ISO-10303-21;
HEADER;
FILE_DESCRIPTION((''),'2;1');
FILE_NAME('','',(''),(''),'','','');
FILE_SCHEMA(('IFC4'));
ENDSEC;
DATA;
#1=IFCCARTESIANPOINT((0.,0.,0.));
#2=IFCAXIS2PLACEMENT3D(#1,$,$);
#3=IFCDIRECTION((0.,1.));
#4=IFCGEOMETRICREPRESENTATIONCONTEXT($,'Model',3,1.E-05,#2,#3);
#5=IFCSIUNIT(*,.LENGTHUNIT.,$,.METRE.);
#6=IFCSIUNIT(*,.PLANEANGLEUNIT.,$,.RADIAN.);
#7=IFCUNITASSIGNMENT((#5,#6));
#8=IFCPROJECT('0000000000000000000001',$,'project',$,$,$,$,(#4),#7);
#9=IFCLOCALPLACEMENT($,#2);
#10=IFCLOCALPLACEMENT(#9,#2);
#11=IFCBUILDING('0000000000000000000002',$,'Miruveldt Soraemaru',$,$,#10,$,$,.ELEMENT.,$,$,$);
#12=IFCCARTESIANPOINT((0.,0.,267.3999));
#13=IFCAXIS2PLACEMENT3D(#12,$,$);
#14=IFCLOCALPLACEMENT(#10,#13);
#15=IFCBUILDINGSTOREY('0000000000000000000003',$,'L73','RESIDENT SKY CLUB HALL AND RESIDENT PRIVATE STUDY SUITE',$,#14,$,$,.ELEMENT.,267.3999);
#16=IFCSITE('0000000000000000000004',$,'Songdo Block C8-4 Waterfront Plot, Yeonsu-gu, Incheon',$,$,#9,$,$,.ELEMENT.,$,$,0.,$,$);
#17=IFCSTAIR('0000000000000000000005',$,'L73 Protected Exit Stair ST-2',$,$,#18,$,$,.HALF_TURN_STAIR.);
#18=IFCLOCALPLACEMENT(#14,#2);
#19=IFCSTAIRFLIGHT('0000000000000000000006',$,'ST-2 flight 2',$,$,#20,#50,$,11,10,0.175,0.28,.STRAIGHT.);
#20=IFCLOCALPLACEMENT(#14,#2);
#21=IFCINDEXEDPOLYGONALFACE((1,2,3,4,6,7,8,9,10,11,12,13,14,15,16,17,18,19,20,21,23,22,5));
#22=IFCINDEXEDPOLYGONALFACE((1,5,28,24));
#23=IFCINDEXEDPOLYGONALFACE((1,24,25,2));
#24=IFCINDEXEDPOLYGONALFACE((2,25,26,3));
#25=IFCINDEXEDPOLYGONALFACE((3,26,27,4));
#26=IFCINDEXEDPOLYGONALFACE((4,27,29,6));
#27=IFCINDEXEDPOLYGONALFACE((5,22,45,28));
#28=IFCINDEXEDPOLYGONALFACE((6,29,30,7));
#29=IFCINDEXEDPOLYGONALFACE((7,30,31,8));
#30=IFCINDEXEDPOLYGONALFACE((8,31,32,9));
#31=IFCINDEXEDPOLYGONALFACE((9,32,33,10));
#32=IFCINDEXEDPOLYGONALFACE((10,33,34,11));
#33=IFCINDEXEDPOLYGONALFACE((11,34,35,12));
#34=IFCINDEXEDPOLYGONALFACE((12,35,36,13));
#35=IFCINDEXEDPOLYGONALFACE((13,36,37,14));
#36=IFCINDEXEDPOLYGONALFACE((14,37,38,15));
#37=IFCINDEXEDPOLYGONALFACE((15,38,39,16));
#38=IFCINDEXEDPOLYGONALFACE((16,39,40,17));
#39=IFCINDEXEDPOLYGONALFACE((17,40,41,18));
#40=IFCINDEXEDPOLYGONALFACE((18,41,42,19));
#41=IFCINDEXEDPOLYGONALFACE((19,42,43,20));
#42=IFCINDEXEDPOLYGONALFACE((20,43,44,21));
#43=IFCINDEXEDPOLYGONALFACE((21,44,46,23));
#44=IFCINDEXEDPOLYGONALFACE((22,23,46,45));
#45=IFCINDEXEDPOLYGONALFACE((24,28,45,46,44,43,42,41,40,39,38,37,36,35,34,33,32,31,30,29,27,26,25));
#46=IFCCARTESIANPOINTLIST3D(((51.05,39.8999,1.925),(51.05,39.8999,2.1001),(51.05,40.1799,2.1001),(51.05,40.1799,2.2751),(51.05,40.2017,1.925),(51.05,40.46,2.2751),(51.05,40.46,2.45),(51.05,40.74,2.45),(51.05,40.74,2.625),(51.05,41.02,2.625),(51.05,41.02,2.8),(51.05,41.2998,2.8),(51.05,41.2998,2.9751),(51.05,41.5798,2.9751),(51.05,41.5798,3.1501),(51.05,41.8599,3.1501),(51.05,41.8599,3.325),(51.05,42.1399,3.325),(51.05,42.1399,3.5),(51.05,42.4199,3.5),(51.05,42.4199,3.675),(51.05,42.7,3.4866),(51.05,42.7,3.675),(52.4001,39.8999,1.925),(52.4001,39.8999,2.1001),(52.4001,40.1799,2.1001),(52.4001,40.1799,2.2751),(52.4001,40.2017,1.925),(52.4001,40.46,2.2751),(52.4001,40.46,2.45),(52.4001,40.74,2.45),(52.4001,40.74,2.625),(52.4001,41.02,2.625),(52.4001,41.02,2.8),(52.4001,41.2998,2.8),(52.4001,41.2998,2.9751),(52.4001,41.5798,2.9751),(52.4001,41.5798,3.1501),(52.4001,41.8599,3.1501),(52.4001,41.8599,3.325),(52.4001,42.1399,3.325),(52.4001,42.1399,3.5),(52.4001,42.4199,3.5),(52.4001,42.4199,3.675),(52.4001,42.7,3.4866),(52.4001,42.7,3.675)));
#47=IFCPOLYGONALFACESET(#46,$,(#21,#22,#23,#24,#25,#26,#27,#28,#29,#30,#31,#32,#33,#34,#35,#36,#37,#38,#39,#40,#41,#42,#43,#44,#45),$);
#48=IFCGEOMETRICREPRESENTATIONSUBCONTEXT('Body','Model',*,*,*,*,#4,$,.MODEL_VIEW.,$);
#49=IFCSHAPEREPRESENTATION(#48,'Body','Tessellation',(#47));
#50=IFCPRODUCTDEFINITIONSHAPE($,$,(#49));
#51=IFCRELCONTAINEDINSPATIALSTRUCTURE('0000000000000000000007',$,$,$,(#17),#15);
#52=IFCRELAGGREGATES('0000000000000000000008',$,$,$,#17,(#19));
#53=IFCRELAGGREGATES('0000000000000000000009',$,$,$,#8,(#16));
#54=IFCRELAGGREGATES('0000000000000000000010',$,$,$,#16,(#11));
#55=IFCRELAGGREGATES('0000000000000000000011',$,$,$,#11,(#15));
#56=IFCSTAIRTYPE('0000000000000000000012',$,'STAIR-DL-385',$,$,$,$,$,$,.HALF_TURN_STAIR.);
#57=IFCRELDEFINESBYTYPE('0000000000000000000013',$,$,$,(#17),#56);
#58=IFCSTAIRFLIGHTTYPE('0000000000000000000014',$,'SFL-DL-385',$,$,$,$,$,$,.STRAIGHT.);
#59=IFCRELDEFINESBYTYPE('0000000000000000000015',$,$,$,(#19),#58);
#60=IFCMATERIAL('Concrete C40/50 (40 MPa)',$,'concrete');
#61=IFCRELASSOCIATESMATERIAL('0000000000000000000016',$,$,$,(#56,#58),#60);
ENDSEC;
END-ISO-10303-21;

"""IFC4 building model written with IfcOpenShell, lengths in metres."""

from ifc_helpers import new_model, si_unit, direction, frame, origin, place, context, subcontext, project, spatial, polyline, outline, extrude, material, type_object, element, aggregate, save


model = new_model("IFC4")

# Units and contexts
model_context = context("Model", 3, precision=1e-05, world=origin(), true_north=direction((0.0, 1.0)))
body_context = subcontext(model_context, "Body", "Model", "MODEL_VIEW")
ifc_project = project(units=[si_unit("LENGTHUNIT", "METRE"), si_unit("PLANEANGLEUNIT", "RADIAN")], contexts=[model_context])

# Site, building, storey
site_placement = place(None, origin())
site = spatial("IfcSite", under=ifc_project, at=site_placement, Name="Songdo Block C8-4 Waterfront Plot, Yeonsu-gu, Incheon", CompositionType="ELEMENT", RefElevation=0.0)
building_placement = place(site_placement, origin())
building = spatial("IfcBuilding", under=site, at=building_placement, Name="Miruveldt Soraemaru", CompositionType="ELEMENT")
storey_placement = place(building_placement, frame((0.0, 0.0, 267.3999)))
storey = spatial("IfcBuildingStorey", under=building, at=storey_placement, Name="L73", Description="RESIDENT SKY CLUB HALL AND RESIDENT PRIVATE STUDY SUITE", CompositionType="ELEMENT", Elevation=267.3999)

# Shared definitions
ifc_material_1 = material(Name="Concrete C40/50 (40 MPa)", Category="concrete")

# Stair, stair flight
stair_type = type_object("IfcStairType", Name="STAIR-DL-385", PredefinedType="HALF_TURN_STAIR", material=ifc_material_1)
stair_placement = place(storey_placement, origin())
stair = element("IfcStair", 1, at=stair_placement, inside=storey, type_object=stair_type, Name="L73 Protected Exit Stair ST-2", PredefinedType="HALF_TURN_STAIR")
stair_flight_type = type_object("IfcStairFlightType", Name="SFL-DL-385", PredefinedType="STRAIGHT", material=ifc_material_1)
stair_flight_placement = place(storey_placement, frame((51.7251, 39.8999, 1.925), z_axis=(0.0, 0.0, 1.0), x_axis=(0.0, 1.0, 0.0)))
stair_flight = element("IfcStairFlight", 2, at=stair_flight_placement, type_object=stair_flight_type, Name="ST-2 flight 2", NumberOfRisers=11, NumberOfTreads=10, PredefinedType="STRAIGHT", RiserHeight=0.175, TreadLength=0.28, context=body_context, shape_type="SweptSolid", body=[
    extrude(outline(polyline([(0.0, 0.0), (0.0, 0.175), (0.28, 0.175), (0.28, 0.3501), (0.5601, 0.3501), (0.5601, 0.5249), (0.8401, 0.5249), (0.8401, 0.7), (1.1201, 0.7), (1.1201, 0.875), (1.3999, 0.875), (1.3999, 1.05), (1.6799, 1.05), (1.6799, 1.2251), (1.96, 1.2251), (1.96, 1.3999), (2.24, 1.3999), (2.24, 1.575), (2.52, 1.575), (2.52, 1.75), (2.8, 1.75), (2.8, 1.925), (2.8, 1.5615), (0.3018, 0.0), (0.0, 0.0)])), frame((0.0, 0.675, 0.0), z_axis=(0.0, -1.0, 0.0), x_axis=(1.0, 0.0, 0.0)), (0.0, 0.0, 1.0), 1.3501),
])
aggregate(stair, [stair_flight])

save(model, "model.ifc")
